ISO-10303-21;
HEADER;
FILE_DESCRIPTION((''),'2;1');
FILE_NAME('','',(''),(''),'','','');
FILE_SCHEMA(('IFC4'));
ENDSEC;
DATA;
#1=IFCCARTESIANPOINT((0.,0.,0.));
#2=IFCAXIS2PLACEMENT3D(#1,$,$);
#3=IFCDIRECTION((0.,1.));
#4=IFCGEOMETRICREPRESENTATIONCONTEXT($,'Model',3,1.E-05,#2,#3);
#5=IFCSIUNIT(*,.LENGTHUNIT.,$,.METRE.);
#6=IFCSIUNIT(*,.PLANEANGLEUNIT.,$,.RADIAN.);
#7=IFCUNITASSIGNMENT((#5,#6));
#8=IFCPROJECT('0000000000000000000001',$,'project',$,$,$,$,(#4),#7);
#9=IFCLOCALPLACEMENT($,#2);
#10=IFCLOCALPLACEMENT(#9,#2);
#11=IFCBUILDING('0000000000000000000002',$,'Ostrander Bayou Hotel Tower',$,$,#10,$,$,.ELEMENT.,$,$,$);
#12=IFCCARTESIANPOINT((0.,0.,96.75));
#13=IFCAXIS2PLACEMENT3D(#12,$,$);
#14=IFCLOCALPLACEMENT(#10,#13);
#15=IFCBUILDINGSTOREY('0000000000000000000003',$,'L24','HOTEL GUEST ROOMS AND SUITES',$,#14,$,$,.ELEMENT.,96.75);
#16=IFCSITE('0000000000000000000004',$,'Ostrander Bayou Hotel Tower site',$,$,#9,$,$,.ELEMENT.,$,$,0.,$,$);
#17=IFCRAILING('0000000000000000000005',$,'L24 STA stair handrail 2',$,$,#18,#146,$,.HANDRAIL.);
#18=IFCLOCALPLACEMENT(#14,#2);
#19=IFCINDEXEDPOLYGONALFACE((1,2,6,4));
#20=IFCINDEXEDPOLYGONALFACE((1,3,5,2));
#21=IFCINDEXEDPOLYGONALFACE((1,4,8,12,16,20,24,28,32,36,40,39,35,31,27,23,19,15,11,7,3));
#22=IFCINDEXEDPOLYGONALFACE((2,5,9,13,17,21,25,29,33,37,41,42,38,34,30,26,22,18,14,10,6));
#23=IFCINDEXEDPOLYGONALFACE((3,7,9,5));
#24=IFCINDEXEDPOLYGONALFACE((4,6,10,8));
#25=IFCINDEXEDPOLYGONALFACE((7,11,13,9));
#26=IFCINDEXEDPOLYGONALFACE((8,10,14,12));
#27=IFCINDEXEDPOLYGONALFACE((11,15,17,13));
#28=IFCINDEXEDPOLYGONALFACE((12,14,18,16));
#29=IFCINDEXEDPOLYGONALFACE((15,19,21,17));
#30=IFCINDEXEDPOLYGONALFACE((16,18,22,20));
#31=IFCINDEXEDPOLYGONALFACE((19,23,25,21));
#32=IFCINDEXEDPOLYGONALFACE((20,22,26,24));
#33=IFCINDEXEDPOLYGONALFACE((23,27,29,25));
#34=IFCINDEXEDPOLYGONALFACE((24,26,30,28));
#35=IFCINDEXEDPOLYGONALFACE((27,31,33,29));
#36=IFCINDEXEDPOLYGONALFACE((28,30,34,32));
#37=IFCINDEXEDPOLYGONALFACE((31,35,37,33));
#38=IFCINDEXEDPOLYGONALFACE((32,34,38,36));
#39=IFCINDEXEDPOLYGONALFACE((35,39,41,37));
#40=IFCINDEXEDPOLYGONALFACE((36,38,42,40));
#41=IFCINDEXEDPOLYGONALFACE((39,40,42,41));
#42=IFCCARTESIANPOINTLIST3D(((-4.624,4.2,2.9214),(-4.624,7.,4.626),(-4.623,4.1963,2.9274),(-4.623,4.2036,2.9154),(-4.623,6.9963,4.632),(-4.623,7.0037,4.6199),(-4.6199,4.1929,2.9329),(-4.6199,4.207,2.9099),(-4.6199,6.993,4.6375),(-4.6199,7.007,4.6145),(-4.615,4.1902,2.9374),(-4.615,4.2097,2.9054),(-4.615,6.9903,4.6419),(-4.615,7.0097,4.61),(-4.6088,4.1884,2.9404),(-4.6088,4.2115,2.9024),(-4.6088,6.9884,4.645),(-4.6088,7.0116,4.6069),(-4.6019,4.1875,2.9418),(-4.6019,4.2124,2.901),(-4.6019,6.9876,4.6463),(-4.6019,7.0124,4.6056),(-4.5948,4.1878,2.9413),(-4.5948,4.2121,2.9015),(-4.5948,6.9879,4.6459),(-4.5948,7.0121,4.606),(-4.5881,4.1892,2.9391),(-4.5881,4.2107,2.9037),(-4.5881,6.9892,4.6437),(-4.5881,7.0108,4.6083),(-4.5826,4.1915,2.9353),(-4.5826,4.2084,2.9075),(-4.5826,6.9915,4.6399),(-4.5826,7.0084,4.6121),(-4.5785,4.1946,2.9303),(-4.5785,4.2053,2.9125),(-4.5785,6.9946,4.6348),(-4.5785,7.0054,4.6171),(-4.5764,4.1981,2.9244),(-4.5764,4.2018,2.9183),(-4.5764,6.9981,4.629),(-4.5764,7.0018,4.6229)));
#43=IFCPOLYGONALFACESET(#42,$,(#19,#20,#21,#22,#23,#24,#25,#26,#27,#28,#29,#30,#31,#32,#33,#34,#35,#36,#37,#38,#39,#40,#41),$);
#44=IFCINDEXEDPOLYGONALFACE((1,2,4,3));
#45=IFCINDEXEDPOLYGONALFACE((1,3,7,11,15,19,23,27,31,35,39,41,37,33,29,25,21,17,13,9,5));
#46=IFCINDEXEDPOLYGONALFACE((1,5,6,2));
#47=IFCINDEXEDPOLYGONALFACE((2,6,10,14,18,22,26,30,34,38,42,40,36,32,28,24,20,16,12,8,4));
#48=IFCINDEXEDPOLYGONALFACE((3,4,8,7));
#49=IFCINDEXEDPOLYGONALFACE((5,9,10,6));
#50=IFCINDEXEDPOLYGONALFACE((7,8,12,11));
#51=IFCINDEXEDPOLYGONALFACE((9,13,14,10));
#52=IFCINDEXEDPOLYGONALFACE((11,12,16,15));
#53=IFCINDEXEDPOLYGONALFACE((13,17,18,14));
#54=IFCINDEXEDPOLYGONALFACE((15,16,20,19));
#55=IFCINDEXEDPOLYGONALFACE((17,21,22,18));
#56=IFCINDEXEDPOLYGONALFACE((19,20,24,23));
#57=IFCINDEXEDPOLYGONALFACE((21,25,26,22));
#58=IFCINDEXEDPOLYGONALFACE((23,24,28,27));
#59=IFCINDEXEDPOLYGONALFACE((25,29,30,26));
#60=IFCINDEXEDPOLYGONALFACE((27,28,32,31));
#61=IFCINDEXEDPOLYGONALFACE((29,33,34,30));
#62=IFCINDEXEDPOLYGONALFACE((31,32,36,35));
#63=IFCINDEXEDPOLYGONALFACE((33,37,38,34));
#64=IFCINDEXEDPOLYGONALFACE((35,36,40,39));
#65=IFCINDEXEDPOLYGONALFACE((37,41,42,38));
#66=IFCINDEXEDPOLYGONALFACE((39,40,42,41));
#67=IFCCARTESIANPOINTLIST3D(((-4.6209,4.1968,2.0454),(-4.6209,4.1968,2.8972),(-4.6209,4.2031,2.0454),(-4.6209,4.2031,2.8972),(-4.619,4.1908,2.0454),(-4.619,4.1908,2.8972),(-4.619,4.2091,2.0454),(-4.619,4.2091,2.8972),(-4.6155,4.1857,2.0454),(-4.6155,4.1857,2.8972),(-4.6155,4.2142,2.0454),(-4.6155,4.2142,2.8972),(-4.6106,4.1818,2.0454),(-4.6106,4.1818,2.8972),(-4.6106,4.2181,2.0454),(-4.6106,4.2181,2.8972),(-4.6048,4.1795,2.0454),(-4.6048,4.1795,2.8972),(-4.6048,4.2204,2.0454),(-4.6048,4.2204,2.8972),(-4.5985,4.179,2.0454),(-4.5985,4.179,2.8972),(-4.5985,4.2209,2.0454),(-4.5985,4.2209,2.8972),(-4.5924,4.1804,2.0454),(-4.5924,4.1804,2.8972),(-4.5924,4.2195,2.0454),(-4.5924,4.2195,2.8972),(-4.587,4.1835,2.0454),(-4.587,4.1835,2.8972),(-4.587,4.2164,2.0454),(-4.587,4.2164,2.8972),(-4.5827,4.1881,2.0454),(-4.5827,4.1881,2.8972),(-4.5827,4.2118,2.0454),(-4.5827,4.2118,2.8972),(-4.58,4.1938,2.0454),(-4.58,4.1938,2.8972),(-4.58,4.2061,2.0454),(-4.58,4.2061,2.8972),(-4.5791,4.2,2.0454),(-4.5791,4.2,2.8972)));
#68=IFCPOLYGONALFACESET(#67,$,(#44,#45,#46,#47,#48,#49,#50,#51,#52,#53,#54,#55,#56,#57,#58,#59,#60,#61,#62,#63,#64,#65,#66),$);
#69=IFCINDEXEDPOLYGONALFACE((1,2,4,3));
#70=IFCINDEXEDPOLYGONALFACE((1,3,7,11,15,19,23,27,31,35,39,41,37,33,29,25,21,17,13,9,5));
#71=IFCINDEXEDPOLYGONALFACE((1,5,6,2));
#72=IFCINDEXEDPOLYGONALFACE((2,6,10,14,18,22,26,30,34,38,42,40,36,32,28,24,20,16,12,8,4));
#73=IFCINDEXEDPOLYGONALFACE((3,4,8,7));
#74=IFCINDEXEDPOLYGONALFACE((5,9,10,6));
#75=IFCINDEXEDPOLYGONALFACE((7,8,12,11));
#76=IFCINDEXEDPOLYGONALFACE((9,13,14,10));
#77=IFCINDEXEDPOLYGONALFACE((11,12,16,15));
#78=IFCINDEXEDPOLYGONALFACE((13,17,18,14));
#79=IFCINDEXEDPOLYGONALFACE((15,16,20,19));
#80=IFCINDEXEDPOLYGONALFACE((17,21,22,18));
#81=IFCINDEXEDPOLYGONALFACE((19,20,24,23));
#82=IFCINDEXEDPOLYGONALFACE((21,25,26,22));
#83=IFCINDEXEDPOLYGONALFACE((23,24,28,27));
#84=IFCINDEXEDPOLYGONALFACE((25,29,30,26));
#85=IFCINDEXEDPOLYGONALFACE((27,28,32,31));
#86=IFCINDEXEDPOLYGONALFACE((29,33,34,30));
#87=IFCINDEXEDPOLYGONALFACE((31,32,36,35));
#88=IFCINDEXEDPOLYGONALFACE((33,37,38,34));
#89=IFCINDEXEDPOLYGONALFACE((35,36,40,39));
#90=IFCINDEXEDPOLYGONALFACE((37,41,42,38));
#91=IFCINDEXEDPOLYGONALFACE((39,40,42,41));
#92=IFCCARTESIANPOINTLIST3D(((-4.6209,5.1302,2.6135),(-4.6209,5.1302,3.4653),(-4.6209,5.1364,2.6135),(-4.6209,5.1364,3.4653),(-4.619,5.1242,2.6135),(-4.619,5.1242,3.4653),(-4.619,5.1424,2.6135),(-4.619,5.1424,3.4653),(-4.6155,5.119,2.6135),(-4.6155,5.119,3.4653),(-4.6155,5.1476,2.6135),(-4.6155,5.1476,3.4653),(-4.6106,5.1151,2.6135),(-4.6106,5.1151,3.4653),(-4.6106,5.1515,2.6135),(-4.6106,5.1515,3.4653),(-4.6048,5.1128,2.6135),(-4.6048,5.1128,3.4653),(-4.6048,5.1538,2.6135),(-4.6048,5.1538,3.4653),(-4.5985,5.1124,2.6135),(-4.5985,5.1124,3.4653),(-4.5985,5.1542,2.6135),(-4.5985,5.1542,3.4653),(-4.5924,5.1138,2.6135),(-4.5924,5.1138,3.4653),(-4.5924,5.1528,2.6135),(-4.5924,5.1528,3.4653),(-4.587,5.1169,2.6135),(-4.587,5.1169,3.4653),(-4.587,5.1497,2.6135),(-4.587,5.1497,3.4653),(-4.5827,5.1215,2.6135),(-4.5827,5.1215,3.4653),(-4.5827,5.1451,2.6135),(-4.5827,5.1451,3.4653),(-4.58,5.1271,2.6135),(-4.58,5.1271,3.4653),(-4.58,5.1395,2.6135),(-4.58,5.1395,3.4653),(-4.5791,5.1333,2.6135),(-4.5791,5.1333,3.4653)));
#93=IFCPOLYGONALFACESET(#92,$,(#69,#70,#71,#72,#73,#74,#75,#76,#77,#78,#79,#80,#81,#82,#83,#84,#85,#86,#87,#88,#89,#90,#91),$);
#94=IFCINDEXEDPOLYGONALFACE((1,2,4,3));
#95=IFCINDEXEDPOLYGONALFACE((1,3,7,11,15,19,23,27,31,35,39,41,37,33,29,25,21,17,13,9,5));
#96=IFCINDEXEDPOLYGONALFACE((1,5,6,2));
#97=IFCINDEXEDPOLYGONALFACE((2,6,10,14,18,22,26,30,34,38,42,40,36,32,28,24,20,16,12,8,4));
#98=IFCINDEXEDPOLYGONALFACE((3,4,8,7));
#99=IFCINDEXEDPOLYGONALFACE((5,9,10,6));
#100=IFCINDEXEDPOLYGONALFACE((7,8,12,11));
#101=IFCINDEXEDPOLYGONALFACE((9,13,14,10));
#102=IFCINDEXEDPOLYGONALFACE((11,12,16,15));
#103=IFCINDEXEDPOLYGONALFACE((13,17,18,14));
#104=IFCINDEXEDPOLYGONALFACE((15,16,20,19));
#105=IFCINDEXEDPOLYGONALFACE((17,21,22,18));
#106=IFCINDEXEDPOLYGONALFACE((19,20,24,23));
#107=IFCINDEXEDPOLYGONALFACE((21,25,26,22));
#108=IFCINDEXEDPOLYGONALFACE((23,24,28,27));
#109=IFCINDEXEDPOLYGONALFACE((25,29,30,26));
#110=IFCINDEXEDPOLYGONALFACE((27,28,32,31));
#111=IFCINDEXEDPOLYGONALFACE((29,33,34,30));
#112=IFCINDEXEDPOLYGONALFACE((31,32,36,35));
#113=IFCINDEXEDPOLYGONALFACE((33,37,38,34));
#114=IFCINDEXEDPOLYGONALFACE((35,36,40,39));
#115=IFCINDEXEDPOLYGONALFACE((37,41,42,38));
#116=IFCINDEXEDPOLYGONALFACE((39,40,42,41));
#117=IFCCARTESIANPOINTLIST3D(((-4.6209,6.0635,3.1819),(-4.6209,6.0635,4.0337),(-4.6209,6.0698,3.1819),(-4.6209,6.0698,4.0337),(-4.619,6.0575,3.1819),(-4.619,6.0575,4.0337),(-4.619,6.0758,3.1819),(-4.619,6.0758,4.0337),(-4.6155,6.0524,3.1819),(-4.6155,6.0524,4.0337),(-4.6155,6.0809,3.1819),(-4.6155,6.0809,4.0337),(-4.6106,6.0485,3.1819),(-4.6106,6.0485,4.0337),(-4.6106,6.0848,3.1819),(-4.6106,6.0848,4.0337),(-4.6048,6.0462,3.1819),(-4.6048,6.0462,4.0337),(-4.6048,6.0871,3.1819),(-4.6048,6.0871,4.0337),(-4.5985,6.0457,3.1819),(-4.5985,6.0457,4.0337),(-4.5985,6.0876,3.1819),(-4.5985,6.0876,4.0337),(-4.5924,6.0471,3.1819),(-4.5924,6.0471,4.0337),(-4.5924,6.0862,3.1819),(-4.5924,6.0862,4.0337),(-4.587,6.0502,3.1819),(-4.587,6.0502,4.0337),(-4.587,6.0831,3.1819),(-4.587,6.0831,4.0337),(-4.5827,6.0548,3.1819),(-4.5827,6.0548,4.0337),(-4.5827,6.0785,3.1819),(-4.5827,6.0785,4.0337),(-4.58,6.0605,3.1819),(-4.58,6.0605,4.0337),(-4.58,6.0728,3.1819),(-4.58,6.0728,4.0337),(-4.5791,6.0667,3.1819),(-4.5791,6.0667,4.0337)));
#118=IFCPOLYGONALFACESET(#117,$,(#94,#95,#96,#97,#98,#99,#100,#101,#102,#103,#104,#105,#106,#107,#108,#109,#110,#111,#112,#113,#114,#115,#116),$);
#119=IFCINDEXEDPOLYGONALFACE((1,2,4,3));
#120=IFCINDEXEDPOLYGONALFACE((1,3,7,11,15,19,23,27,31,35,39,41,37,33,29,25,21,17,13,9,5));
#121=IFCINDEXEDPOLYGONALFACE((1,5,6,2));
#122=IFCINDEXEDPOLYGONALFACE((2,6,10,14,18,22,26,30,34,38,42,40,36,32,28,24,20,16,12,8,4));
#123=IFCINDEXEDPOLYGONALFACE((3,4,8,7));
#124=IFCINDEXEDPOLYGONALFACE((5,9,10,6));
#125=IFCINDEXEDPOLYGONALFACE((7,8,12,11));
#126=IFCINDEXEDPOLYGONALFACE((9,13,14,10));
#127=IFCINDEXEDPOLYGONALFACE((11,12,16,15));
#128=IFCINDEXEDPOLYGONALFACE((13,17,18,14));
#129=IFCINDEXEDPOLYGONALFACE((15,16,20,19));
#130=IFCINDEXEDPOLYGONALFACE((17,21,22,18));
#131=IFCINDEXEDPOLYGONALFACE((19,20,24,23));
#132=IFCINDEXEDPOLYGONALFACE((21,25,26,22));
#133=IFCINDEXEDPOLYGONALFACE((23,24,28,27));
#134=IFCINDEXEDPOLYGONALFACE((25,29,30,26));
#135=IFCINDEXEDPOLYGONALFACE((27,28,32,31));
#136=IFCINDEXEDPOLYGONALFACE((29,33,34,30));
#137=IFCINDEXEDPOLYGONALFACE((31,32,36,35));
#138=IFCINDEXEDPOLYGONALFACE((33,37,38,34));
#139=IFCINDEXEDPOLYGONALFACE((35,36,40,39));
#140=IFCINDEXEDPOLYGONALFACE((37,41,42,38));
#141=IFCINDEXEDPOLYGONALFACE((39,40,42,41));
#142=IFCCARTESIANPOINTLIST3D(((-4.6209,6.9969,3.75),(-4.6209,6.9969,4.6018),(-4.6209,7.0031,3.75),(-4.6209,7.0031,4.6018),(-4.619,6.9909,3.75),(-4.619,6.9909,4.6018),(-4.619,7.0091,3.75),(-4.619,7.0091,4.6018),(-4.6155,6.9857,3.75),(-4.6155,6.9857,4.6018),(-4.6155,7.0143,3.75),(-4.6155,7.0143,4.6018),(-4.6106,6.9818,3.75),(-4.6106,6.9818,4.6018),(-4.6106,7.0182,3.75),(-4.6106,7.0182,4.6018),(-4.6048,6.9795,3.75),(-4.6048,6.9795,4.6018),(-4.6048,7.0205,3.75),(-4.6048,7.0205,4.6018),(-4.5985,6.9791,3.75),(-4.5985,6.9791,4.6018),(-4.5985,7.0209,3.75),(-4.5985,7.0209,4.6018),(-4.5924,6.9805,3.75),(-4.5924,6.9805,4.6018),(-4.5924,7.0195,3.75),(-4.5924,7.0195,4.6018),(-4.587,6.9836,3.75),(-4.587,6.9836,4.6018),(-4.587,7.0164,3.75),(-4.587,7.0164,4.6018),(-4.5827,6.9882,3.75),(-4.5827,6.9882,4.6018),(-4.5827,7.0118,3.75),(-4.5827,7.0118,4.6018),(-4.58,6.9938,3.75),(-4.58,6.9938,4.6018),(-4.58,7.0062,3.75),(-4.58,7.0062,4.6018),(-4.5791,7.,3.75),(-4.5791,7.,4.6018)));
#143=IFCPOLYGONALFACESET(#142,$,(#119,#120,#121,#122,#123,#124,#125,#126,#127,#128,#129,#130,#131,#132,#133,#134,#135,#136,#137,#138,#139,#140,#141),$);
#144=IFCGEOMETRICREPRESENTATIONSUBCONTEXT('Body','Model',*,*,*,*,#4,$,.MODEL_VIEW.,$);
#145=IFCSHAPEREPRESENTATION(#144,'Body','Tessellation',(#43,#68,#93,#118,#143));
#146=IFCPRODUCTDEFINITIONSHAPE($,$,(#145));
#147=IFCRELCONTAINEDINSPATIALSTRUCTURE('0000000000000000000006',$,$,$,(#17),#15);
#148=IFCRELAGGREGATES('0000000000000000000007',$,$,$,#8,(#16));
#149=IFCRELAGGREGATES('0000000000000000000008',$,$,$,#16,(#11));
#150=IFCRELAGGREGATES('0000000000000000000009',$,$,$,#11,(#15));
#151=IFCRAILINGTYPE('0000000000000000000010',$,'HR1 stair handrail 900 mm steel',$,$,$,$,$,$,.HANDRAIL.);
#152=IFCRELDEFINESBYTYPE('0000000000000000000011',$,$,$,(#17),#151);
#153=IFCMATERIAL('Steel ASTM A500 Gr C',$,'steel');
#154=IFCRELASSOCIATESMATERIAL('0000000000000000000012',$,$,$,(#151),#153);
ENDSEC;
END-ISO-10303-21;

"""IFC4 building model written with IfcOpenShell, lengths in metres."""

from ifc_helpers import new_model, si_unit, direction, frame, origin, origin_2d, place, context, subcontext, project, spatial, circle, extrude, material, type_object, element, save


model = new_model("IFC4")

# Units and contexts
model_context = context("Model", 3, precision=1e-05, world=origin(), true_north=direction((0.0, 1.0)))
body_context = subcontext(model_context, "Body", "Model", "MODEL_VIEW")
ifc_project = project(units=[si_unit("LENGTHUNIT", "METRE"), si_unit("PLANEANGLEUNIT", "RADIAN")], contexts=[model_context])

# Site, building, storey
site_placement = place(None, origin())
site = spatial("IfcSite", under=ifc_project, at=site_placement, Name="Ostrander Bayou Hotel Tower site", CompositionType="ELEMENT", RefElevation=0.0)
building_placement = place(site_placement, origin())
building = spatial("IfcBuilding", under=site, at=building_placement, Name="Ostrander Bayou Hotel Tower", CompositionType="ELEMENT")
storey_placement = place(building_placement, frame((0.0, 0.0, 96.75)))
storey = spatial("IfcBuildingStorey", under=building, at=storey_placement, Name="L24", Description="HOTEL GUEST ROOMS AND SUITES", CompositionType="ELEMENT", Elevation=96.75)

# Railing
ifc_material_1 = material(Name="Steel ASTM A500 Gr C", Category="steel")
railing_type_1 = type_object("IfcRailingType", Name="HR1 stair handrail 900 mm steel", PredefinedType="HANDRAIL", material=ifc_material_1)
railing_1_placement = place(storey_placement, frame((-4.6001, 4.2, 2.0454)))
element("IfcRailing", 1, at=railing_1_placement, inside=storey, type_object=railing_type_1, Name="L24 STA stair handrail 2", PredefinedType="HANDRAIL", context=body_context, shape_type="SweptSolid", body=[
    extrude(circle(Radius=0.0239, at=origin_2d()), frame((0.0, 0.0, 0.876), z_axis=(0.0, 0.85417, 0.519994), x_axis=(-1.0, 0.0, 0.0)), (0.0, 0.0, 1.0), 3.2781),
    extrude(circle(Radius=0.021, at=origin_2d()), origin(), (0.0, 0.0, 1.0), 0.8518),
    extrude(circle(Radius=0.021, at=origin_2d()), frame((0.0, 0.9333, 0.5681)), (0.0, 0.0, 1.0), 0.8518),
    extrude(circle(Radius=0.021, at=origin_2d()), frame((0.0, 1.8667, 1.1365)), (0.0, 0.0, 1.0), 0.8518),
    extrude(circle(Radius=0.021, at=origin_2d()), frame((0.0, 2.8, 1.7046)), (0.0, 0.0, 1.0), 0.8518),
])

save(model, "model.ifc")
